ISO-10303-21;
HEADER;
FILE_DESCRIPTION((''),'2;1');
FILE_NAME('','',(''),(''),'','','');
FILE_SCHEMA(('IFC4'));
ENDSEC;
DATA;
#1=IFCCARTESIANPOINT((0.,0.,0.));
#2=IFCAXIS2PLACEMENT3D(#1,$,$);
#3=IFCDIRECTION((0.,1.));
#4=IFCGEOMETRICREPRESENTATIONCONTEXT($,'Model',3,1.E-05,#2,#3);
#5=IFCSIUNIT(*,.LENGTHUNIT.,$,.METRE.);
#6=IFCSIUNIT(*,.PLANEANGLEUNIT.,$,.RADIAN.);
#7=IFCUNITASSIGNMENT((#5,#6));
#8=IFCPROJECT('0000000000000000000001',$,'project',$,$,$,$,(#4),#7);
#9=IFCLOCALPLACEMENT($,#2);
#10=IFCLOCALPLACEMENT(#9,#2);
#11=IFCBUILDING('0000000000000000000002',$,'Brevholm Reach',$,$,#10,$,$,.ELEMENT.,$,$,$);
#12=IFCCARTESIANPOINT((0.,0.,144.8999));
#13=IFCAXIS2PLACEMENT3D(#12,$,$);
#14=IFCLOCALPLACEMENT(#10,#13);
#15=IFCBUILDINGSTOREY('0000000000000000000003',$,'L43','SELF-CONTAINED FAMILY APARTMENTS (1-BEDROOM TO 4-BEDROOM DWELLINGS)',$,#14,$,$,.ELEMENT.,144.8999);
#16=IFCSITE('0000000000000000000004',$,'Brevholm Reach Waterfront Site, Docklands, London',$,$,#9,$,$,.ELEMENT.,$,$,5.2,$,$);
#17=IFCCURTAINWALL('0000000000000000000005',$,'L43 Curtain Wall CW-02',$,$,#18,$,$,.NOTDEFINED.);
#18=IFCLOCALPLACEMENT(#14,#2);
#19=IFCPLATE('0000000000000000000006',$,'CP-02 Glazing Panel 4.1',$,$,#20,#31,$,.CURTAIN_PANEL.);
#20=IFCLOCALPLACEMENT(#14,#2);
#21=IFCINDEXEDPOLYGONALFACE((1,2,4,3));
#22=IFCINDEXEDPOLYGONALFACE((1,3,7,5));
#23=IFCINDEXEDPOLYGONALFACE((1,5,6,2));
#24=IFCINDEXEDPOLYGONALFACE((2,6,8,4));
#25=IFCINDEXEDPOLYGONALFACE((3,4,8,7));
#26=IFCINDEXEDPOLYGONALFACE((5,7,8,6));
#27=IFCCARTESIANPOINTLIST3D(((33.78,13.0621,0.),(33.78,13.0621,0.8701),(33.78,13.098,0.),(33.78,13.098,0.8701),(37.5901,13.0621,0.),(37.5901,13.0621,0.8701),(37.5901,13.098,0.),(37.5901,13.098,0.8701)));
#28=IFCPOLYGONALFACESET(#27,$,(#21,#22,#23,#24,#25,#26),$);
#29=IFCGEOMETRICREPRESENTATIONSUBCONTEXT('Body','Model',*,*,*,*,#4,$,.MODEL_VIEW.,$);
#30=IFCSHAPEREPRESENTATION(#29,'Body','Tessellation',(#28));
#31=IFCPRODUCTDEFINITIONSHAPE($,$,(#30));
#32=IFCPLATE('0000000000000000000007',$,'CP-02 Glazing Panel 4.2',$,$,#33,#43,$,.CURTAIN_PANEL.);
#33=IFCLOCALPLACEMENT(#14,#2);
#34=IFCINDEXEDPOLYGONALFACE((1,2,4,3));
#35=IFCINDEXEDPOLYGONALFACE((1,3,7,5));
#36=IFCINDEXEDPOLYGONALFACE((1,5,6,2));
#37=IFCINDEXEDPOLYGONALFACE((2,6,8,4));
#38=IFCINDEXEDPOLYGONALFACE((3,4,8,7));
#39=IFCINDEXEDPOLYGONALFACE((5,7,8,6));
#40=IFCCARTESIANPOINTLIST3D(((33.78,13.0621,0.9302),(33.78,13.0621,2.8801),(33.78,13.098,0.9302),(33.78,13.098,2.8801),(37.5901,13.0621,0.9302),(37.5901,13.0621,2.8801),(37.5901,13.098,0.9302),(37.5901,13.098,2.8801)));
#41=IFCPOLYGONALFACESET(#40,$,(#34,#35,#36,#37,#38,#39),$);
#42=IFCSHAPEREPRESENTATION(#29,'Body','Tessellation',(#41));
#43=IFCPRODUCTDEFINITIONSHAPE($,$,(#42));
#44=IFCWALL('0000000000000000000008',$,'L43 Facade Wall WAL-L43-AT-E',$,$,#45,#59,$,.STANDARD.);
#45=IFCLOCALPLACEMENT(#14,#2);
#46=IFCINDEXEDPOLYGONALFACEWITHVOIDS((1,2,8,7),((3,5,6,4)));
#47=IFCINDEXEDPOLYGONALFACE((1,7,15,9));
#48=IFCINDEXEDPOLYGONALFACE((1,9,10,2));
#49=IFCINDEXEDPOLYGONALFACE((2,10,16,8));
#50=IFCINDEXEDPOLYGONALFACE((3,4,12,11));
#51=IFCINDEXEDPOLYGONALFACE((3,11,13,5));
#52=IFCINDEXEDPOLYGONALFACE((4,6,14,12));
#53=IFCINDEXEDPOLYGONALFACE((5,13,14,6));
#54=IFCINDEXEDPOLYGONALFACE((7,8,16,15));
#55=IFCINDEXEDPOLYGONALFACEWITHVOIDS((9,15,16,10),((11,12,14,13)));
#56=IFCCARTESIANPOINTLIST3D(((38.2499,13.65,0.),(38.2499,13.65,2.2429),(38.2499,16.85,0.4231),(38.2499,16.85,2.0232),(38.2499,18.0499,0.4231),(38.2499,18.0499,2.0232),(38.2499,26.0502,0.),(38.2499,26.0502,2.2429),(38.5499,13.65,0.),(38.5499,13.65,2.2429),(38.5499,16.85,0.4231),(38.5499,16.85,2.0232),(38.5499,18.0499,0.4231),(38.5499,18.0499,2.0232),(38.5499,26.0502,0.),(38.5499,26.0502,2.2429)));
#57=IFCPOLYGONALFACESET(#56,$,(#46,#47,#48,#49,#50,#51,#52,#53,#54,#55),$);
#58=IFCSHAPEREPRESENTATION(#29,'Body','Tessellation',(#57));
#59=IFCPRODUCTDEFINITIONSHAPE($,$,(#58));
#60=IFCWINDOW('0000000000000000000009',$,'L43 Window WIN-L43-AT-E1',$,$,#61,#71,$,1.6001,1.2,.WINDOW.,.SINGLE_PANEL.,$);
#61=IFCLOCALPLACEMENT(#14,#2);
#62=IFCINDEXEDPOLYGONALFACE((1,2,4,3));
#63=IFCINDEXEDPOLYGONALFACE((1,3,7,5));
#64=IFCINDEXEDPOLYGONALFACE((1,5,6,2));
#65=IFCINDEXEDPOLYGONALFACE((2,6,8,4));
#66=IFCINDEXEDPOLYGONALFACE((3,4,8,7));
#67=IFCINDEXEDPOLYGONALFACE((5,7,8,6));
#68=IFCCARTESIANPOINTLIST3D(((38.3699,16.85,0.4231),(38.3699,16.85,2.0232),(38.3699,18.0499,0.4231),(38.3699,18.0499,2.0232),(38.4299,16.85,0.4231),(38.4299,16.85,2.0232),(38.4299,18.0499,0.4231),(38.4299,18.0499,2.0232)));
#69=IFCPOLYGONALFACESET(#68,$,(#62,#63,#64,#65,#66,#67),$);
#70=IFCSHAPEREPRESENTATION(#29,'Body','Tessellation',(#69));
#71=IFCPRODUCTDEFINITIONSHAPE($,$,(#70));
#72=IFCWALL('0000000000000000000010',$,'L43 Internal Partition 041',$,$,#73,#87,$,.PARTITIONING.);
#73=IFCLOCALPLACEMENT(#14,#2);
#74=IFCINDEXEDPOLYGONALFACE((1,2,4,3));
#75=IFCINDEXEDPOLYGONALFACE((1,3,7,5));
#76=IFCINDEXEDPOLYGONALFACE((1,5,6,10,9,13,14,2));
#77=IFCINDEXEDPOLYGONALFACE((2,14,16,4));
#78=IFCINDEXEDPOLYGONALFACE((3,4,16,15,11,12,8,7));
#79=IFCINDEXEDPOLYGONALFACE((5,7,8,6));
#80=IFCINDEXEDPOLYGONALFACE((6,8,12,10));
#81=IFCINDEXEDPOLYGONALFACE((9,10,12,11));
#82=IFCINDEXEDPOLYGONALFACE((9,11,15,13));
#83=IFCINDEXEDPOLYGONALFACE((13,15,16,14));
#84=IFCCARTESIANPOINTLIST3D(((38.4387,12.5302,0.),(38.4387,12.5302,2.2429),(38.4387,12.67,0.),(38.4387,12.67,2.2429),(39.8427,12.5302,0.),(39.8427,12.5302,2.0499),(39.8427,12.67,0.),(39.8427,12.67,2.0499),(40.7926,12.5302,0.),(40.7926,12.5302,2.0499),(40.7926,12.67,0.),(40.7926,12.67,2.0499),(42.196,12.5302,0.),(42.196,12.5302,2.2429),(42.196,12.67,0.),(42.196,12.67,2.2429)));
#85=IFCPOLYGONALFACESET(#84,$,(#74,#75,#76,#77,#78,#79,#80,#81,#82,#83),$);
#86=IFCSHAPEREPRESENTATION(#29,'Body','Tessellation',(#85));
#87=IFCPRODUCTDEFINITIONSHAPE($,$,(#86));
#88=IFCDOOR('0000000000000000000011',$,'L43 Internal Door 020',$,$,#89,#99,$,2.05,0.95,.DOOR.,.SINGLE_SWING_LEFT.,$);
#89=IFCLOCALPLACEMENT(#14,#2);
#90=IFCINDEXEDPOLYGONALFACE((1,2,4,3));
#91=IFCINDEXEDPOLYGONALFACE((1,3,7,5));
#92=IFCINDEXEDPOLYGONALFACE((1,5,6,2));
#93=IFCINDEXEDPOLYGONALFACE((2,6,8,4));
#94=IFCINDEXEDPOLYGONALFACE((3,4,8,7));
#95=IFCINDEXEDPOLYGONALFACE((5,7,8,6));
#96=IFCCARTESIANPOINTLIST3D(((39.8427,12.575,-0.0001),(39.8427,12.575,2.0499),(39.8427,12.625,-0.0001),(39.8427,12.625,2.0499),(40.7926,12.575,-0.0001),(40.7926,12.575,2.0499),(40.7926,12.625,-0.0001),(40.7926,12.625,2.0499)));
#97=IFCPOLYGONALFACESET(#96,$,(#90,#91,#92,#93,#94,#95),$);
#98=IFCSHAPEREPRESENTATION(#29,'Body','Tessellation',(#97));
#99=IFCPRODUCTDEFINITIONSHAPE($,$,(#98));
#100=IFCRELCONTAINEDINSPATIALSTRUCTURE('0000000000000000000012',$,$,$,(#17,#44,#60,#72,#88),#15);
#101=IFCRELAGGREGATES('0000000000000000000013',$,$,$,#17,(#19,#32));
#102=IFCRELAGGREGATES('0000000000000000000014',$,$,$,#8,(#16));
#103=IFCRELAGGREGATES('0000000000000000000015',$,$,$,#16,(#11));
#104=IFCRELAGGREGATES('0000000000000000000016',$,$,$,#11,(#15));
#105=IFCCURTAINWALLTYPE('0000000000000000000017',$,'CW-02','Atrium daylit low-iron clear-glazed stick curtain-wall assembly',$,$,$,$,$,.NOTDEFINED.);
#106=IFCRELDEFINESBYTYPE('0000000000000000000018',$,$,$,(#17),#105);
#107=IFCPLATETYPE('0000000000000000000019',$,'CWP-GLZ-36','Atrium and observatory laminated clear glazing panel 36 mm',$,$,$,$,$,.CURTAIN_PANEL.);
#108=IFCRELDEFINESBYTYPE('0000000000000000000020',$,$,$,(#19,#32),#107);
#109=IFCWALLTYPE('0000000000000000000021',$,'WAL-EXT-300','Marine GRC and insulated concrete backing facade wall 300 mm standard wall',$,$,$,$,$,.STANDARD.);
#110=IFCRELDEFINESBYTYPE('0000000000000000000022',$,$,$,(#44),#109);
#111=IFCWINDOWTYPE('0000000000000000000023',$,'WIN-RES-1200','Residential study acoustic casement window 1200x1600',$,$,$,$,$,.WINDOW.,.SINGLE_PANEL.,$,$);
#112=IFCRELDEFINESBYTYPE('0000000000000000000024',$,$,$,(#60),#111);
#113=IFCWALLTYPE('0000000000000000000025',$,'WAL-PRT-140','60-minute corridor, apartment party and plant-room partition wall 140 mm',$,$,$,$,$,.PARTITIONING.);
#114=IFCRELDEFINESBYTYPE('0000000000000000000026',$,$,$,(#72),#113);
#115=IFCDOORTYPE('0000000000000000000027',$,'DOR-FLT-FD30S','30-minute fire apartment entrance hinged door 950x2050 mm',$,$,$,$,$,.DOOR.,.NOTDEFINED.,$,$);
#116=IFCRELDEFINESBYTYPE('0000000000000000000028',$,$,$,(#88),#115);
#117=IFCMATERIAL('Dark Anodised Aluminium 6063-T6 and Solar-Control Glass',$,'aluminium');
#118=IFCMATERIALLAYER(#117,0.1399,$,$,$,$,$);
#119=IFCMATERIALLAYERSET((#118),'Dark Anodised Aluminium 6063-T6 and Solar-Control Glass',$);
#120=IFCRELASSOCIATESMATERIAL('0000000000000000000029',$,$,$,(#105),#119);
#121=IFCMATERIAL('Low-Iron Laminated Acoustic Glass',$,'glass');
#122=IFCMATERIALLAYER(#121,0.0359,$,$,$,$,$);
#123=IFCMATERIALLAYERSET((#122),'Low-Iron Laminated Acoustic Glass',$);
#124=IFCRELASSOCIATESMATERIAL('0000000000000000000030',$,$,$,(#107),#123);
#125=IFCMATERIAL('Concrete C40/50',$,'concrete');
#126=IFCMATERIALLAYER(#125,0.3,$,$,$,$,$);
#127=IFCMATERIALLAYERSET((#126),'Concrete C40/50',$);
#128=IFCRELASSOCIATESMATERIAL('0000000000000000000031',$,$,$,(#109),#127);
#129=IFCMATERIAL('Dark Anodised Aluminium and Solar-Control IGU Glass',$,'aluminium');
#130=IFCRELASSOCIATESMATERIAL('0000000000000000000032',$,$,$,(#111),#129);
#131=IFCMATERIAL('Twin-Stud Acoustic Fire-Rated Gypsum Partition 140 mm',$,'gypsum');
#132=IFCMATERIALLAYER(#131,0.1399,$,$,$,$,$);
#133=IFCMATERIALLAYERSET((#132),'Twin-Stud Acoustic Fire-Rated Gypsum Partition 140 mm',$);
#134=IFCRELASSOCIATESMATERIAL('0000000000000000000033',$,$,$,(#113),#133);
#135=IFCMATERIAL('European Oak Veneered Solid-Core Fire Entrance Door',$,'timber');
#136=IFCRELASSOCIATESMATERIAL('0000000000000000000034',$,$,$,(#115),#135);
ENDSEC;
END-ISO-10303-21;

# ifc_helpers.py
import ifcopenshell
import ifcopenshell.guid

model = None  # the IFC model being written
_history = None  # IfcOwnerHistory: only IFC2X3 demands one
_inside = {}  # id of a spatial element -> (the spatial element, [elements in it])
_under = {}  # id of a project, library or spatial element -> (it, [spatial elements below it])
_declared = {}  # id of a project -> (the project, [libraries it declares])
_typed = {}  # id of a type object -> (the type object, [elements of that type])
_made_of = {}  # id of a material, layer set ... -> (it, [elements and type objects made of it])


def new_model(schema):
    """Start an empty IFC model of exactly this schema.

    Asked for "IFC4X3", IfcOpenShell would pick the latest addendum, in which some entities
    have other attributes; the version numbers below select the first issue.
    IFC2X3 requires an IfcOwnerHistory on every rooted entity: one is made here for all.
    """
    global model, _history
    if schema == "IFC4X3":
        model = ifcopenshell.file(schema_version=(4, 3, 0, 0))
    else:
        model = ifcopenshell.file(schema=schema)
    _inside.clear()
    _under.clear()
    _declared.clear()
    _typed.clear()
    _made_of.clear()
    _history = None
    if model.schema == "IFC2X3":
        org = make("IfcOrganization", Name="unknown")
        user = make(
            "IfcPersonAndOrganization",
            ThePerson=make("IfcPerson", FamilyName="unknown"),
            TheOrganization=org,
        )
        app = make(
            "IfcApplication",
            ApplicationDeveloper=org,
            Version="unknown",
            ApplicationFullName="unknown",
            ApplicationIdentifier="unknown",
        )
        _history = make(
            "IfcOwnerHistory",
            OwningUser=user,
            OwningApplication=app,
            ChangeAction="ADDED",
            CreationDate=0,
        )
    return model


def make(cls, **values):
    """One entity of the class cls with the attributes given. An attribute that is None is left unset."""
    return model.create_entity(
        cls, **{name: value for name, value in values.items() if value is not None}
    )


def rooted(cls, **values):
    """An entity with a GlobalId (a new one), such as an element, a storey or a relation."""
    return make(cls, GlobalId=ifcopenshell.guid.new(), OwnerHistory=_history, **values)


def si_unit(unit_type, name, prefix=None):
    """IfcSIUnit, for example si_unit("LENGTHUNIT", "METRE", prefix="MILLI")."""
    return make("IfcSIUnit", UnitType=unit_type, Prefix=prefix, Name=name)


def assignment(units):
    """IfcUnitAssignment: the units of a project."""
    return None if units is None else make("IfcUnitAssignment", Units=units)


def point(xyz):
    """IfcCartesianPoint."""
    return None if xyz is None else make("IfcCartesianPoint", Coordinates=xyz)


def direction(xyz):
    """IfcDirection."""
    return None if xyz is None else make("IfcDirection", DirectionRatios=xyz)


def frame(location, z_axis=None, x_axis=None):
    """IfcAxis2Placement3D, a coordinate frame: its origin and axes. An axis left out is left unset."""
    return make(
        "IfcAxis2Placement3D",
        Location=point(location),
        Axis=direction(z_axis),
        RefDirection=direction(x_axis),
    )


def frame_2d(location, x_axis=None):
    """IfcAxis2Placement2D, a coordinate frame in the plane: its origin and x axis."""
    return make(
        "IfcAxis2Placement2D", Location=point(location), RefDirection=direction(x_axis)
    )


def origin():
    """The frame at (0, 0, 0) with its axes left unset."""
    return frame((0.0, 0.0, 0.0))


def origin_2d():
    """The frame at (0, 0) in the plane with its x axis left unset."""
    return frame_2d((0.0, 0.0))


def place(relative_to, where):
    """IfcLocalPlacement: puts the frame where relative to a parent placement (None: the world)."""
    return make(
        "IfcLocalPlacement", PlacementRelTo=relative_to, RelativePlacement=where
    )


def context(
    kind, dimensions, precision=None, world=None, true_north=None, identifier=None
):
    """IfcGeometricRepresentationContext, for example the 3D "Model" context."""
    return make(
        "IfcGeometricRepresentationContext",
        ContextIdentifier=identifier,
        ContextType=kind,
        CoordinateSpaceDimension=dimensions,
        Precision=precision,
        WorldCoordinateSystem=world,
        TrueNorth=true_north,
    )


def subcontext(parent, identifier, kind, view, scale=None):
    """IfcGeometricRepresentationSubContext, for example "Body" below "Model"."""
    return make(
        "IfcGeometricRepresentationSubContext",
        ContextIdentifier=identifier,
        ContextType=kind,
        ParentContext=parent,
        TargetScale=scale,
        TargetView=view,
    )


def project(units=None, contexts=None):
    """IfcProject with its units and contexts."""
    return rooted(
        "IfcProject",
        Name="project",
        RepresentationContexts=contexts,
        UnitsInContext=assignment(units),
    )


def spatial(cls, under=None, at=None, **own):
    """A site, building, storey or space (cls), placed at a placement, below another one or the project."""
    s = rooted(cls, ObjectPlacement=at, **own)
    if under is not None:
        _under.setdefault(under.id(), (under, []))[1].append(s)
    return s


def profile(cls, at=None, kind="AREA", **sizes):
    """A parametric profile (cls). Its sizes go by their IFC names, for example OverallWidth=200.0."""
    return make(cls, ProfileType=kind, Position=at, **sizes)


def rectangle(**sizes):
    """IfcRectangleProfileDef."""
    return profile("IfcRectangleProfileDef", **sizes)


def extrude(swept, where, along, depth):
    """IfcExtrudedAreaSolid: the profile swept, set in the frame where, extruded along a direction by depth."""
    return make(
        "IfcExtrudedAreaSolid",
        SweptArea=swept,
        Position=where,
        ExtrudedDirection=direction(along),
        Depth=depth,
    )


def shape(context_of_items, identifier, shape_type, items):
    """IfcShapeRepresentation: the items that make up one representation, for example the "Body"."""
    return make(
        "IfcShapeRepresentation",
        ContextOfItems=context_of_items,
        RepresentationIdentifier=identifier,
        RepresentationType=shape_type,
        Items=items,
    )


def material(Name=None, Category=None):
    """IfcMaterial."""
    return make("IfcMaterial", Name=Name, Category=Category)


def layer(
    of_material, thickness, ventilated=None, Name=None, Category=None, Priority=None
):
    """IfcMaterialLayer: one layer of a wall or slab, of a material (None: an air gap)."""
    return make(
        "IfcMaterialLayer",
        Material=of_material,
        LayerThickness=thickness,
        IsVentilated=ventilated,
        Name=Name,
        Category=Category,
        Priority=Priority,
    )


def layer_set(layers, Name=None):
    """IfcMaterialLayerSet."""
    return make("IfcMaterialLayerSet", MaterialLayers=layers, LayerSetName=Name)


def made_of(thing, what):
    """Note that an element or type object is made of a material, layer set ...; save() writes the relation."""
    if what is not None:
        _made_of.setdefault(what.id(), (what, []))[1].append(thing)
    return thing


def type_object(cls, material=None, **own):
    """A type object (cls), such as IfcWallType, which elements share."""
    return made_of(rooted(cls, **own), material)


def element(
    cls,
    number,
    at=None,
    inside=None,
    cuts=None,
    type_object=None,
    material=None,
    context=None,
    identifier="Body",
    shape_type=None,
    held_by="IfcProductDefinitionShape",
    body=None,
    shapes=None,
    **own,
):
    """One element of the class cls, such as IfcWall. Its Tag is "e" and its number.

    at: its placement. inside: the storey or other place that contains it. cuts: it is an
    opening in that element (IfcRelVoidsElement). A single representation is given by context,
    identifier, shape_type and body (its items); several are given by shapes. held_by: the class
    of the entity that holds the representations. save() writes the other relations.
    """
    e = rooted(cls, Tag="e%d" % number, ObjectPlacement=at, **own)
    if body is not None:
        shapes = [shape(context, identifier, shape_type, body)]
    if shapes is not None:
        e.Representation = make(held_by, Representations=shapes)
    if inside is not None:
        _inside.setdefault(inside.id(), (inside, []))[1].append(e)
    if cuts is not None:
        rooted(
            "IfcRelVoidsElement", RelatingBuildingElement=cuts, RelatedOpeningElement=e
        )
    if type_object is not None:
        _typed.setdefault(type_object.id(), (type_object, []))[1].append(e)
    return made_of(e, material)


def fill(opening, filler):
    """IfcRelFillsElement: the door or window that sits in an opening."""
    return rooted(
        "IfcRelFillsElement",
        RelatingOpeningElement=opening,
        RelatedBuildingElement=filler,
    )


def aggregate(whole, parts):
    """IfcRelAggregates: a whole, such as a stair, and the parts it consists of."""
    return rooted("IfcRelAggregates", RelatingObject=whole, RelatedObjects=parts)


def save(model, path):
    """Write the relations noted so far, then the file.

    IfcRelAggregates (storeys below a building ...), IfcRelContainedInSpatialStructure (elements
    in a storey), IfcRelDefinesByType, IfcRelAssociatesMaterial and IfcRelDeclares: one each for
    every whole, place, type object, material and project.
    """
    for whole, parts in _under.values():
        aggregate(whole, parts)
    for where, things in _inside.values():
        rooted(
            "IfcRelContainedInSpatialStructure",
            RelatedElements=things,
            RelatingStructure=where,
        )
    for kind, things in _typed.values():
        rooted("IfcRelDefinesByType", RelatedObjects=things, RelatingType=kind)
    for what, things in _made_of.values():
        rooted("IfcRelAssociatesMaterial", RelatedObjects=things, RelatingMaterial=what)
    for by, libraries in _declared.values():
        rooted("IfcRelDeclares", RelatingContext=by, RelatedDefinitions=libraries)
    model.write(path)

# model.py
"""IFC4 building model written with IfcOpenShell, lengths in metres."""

from ifc_helpers import new_model, si_unit, direction, frame, frame_2d, origin, origin_2d, place, context, subcontext, project, spatial, rectangle, extrude, material, layer, layer_set, type_object, element, fill, aggregate, save


model = new_model("IFC4")

# Units and contexts
model_context = context("Model", 3, precision=1e-05, world=origin(), true_north=direction((0.0, 1.0)))
body_context = subcontext(model_context, "Body", "Model", "MODEL_VIEW")
ifc_project = project(units=[si_unit("LENGTHUNIT", "METRE"), si_unit("PLANEANGLEUNIT", "RADIAN")], contexts=[model_context])

# Site, building, storey
site_placement = place(None, origin())
site = spatial("IfcSite", under=ifc_project, at=site_placement, Name="Brevholm Reach Waterfront Site, Docklands, London", CompositionType="ELEMENT", RefElevation=5.2)
building_placement = place(site_placement, origin())
building = spatial("IfcBuilding", under=site, at=building_placement, Name="Brevholm Reach", CompositionType="ELEMENT")
storey_placement = place(building_placement, frame((0.0, 0.0, 144.8999)))
storey = spatial("IfcBuildingStorey", under=building, at=storey_placement, Name="L43", Description="SELF-CONTAINED FAMILY APARTMENTS (1-BEDROOM TO 4-BEDROOM DWELLINGS)", CompositionType="ELEMENT", Elevation=144.8999)

# Curtain wall, plates
ifc_material_1 = material(Name="Dark Anodised Aluminium 6063-T6 and Solar-Control Glass", Category="aluminium")
ifc_layer_1 = layer(ifc_material_1, 0.1399)
ifc_layer_set_1 = layer_set([ifc_layer_1], Name="Dark Anodised Aluminium 6063-T6 and Solar-Control Glass")
curtain_wall_type = type_object("IfcCurtainWallType", Name="CW-02", Description="Atrium daylit low-iron clear-glazed stick curtain-wall assembly", PredefinedType="NOTDEFINED", material=ifc_layer_set_1)
curtain_wall_placement = place(storey_placement, origin())
curtain_wall = element("IfcCurtainWall", 1, at=curtain_wall_placement, inside=storey, type_object=curtain_wall_type, Name="L43 Curtain Wall CW-02", PredefinedType="NOTDEFINED")
ifc_material_2 = material(Name="Low-Iron Laminated Acoustic Glass", Category="glass")
ifc_layer_2 = layer(ifc_material_2, 0.0359)
ifc_layer_set_2 = layer_set([ifc_layer_2], Name="Low-Iron Laminated Acoustic Glass")
plate_type = type_object("IfcPlateType", Name="CWP-GLZ-36", Description="Atrium and observatory laminated clear glazing panel 36 mm", PredefinedType="CURTAIN_PANEL", material=ifc_layer_set_2)
plate_1_placement = place(storey_placement, frame((35.6851, 13.0801, 0.0), z_axis=(0.0, 0.0, 1.0), x_axis=(1.0, 0.0, 0.0)))
plate_1 = element("IfcPlate", 2, at=plate_1_placement, type_object=plate_type, Name="CP-02 Glazing Panel 4.1", PredefinedType="CURTAIN_PANEL", context=body_context, shape_type="SweptSolid", body=[
    extrude(rectangle(XDim=3.8101, YDim=0.0359, at=origin_2d()), origin(), (0.0, 0.0, 1.0), 0.8701),
])
plate_2_placement = place(storey_placement, frame((35.6851, 13.0801, 0.9302), z_axis=(0.0, 0.0, 1.0), x_axis=(1.0, 0.0, 0.0)))
plate_2 = element("IfcPlate", 3, at=plate_2_placement, type_object=plate_type, Name="CP-02 Glazing Panel 4.2", PredefinedType="CURTAIN_PANEL", context=body_context, shape_type="SweptSolid", body=[
    extrude(rectangle(XDim=3.8101, YDim=0.0359, at=origin_2d()), origin(), (0.0, 0.0, 1.0), 1.95),
])
aggregate(curtain_wall, [plate_1, plate_2])

# Wall, opening, window
ifc_material_3 = material(Name="Concrete C40/50", Category="concrete")
ifc_layer_3 = layer(ifc_material_3, 0.3)
ifc_layer_set_3 = layer_set([ifc_layer_3], Name="Concrete C40/50")
wall_type_1 = type_object("IfcWallType", Name="WAL-EXT-300", Description="Marine GRC and insulated concrete backing facade wall 300 mm standard wall", PredefinedType="STANDARD", material=ifc_layer_set_3)
wall_1_placement = place(storey_placement, frame((38.3999, 13.6499, 0.0), z_axis=(0.0, 0.0, 1.0), x_axis=(0.0, 1.0, 0.0)))
wall_1 = element("IfcWall", 4, at=wall_1_placement, inside=storey, type_object=wall_type_1, Name="L43 Facade Wall WAL-L43-AT-E", PredefinedType="STANDARD", context=body_context, shape_type="SweptSolid", body=[
    extrude(rectangle(XDim=12.4001, YDim=0.3, at=frame_2d((6.2002, 0.0))), origin(), (0.0, 0.0, 1.0), 2.2429),
])
opening_1_placement = place(wall_1_placement, frame((3.2, 0.0, 0.4231)))
opening_1 = element("IfcOpeningElement", 5, at=opening_1_placement, cuts=wall_1, PredefinedType="OPENING", context=body_context, shape_type="SweptSolid", body=[
    extrude(rectangle(XDim=1.2, YDim=1.6001, at=frame_2d((0.6001, 0.8))), frame((0.0, 0.1599, 0.0), z_axis=(0.0, -1.0, 0.0), x_axis=(1.0, 0.0, 0.0)), (0.0, 0.0, 1.0), 0.3201),
])
ifc_material_4 = material(Name="Dark Anodised Aluminium and Solar-Control IGU Glass", Category="aluminium")
window_type = type_object("IfcWindowType", Name="WIN-RES-1200", Description="Residential study acoustic casement window 1200x1600", PartitioningType="SINGLE_PANEL", PredefinedType="WINDOW", material=ifc_material_4)
window_placement = place(opening_1_placement, origin())
window = element("IfcWindow", 6, at=window_placement, inside=storey, type_object=window_type, Name="L43 Window WIN-L43-AT-E1", OverallHeight=1.6001, OverallWidth=1.2, PartitioningType="SINGLE_PANEL", PredefinedType="WINDOW", context=body_context, shape_type="SweptSolid", body=[
    extrude(rectangle(XDim=1.2, YDim=1.6001, at=frame_2d((0.6001, 0.8))), frame((0.0, 0.03, 0.0), z_axis=(0.0, -1.0, 0.0), x_axis=(1.0, 0.0, 0.0)), (0.0, 0.0, 1.0), 0.0601),
])
fill(opening_1, window)

# Wall, opening, door
ifc_material_5 = material(Name="Twin-Stud Acoustic Fire-Rated Gypsum Partition 140 mm", Category="gypsum")
ifc_layer_4 = layer(ifc_material_5, 0.1399)
ifc_layer_set_4 = layer_set([ifc_layer_4], Name="Twin-Stud Acoustic Fire-Rated Gypsum Partition 140 mm")
wall_type_2 = type_object("IfcWallType", Name="WAL-PRT-140", Description="60-minute corridor, apartment party and plant-room partition wall 140 mm", PredefinedType="PARTITIONING", material=ifc_layer_set_4)
wall_2_placement = place(storey_placement, frame((38.4387, 12.6001, 0.0), z_axis=(0.0, 0.0, 1.0), x_axis=(1.0, 0.0, 0.0)))
wall_2 = element("IfcWall", 7, at=wall_2_placement, inside=storey, type_object=wall_type_2, Name="L43 Internal Partition 041", PredefinedType="PARTITIONING", context=body_context, shape_type="SweptSolid", body=[
    extrude(rectangle(XDim=3.7573, YDim=0.1399, at=frame_2d((1.8787, 0.0))), origin(), (0.0, 0.0, 1.0), 2.2429),
])
opening_2_placement = place(wall_2_placement, frame((1.4038, 0.0, 0.0)))
opening_2 = element("IfcOpeningElement", 8, at=opening_2_placement, cuts=wall_2, PredefinedType="OPENING", context=body_context, shape_type="SweptSolid", body=[
    extrude(rectangle(XDim=0.95, YDim=2.05, at=frame_2d((0.4751, 1.0249))), frame((0.0, 0.0798, 0.0), z_axis=(0.0, -1.0, 0.0), x_axis=(1.0, 0.0, 0.0)), (0.0, 0.0, 1.0), 0.1599),
])
ifc_material_6 = material(Name="European Oak Veneered Solid-Core Fire Entrance Door", Category="timber")
door_type = type_object("IfcDoorType", Name="DOR-FLT-FD30S", Description="30-minute fire apartment entrance hinged door 950x2050 mm", OperationType="NOTDEFINED", PredefinedType="DOOR", material=ifc_material_6)
door_placement = place(opening_2_placement, origin())
door = element("IfcDoor", 9, at=door_placement, inside=storey, type_object=door_type, Name="L43 Internal Door 020", OperationType="SINGLE_SWING_LEFT", OverallHeight=2.05, OverallWidth=0.95, PredefinedType="DOOR", context=body_context, shape_type="SweptSolid", body=[
    extrude(rectangle(XDim=0.95, YDim=2.05, at=frame_2d((0.4751, 1.0249))), frame((0.0, 0.0249, 0.0), z_axis=(0.0, -1.0, 0.0), x_axis=(1.0, 0.0, 0.0)), (0.0, 0.0, 1.0), 0.05),
])
fill(opening_2, door)

save(model, "model.ifc")
